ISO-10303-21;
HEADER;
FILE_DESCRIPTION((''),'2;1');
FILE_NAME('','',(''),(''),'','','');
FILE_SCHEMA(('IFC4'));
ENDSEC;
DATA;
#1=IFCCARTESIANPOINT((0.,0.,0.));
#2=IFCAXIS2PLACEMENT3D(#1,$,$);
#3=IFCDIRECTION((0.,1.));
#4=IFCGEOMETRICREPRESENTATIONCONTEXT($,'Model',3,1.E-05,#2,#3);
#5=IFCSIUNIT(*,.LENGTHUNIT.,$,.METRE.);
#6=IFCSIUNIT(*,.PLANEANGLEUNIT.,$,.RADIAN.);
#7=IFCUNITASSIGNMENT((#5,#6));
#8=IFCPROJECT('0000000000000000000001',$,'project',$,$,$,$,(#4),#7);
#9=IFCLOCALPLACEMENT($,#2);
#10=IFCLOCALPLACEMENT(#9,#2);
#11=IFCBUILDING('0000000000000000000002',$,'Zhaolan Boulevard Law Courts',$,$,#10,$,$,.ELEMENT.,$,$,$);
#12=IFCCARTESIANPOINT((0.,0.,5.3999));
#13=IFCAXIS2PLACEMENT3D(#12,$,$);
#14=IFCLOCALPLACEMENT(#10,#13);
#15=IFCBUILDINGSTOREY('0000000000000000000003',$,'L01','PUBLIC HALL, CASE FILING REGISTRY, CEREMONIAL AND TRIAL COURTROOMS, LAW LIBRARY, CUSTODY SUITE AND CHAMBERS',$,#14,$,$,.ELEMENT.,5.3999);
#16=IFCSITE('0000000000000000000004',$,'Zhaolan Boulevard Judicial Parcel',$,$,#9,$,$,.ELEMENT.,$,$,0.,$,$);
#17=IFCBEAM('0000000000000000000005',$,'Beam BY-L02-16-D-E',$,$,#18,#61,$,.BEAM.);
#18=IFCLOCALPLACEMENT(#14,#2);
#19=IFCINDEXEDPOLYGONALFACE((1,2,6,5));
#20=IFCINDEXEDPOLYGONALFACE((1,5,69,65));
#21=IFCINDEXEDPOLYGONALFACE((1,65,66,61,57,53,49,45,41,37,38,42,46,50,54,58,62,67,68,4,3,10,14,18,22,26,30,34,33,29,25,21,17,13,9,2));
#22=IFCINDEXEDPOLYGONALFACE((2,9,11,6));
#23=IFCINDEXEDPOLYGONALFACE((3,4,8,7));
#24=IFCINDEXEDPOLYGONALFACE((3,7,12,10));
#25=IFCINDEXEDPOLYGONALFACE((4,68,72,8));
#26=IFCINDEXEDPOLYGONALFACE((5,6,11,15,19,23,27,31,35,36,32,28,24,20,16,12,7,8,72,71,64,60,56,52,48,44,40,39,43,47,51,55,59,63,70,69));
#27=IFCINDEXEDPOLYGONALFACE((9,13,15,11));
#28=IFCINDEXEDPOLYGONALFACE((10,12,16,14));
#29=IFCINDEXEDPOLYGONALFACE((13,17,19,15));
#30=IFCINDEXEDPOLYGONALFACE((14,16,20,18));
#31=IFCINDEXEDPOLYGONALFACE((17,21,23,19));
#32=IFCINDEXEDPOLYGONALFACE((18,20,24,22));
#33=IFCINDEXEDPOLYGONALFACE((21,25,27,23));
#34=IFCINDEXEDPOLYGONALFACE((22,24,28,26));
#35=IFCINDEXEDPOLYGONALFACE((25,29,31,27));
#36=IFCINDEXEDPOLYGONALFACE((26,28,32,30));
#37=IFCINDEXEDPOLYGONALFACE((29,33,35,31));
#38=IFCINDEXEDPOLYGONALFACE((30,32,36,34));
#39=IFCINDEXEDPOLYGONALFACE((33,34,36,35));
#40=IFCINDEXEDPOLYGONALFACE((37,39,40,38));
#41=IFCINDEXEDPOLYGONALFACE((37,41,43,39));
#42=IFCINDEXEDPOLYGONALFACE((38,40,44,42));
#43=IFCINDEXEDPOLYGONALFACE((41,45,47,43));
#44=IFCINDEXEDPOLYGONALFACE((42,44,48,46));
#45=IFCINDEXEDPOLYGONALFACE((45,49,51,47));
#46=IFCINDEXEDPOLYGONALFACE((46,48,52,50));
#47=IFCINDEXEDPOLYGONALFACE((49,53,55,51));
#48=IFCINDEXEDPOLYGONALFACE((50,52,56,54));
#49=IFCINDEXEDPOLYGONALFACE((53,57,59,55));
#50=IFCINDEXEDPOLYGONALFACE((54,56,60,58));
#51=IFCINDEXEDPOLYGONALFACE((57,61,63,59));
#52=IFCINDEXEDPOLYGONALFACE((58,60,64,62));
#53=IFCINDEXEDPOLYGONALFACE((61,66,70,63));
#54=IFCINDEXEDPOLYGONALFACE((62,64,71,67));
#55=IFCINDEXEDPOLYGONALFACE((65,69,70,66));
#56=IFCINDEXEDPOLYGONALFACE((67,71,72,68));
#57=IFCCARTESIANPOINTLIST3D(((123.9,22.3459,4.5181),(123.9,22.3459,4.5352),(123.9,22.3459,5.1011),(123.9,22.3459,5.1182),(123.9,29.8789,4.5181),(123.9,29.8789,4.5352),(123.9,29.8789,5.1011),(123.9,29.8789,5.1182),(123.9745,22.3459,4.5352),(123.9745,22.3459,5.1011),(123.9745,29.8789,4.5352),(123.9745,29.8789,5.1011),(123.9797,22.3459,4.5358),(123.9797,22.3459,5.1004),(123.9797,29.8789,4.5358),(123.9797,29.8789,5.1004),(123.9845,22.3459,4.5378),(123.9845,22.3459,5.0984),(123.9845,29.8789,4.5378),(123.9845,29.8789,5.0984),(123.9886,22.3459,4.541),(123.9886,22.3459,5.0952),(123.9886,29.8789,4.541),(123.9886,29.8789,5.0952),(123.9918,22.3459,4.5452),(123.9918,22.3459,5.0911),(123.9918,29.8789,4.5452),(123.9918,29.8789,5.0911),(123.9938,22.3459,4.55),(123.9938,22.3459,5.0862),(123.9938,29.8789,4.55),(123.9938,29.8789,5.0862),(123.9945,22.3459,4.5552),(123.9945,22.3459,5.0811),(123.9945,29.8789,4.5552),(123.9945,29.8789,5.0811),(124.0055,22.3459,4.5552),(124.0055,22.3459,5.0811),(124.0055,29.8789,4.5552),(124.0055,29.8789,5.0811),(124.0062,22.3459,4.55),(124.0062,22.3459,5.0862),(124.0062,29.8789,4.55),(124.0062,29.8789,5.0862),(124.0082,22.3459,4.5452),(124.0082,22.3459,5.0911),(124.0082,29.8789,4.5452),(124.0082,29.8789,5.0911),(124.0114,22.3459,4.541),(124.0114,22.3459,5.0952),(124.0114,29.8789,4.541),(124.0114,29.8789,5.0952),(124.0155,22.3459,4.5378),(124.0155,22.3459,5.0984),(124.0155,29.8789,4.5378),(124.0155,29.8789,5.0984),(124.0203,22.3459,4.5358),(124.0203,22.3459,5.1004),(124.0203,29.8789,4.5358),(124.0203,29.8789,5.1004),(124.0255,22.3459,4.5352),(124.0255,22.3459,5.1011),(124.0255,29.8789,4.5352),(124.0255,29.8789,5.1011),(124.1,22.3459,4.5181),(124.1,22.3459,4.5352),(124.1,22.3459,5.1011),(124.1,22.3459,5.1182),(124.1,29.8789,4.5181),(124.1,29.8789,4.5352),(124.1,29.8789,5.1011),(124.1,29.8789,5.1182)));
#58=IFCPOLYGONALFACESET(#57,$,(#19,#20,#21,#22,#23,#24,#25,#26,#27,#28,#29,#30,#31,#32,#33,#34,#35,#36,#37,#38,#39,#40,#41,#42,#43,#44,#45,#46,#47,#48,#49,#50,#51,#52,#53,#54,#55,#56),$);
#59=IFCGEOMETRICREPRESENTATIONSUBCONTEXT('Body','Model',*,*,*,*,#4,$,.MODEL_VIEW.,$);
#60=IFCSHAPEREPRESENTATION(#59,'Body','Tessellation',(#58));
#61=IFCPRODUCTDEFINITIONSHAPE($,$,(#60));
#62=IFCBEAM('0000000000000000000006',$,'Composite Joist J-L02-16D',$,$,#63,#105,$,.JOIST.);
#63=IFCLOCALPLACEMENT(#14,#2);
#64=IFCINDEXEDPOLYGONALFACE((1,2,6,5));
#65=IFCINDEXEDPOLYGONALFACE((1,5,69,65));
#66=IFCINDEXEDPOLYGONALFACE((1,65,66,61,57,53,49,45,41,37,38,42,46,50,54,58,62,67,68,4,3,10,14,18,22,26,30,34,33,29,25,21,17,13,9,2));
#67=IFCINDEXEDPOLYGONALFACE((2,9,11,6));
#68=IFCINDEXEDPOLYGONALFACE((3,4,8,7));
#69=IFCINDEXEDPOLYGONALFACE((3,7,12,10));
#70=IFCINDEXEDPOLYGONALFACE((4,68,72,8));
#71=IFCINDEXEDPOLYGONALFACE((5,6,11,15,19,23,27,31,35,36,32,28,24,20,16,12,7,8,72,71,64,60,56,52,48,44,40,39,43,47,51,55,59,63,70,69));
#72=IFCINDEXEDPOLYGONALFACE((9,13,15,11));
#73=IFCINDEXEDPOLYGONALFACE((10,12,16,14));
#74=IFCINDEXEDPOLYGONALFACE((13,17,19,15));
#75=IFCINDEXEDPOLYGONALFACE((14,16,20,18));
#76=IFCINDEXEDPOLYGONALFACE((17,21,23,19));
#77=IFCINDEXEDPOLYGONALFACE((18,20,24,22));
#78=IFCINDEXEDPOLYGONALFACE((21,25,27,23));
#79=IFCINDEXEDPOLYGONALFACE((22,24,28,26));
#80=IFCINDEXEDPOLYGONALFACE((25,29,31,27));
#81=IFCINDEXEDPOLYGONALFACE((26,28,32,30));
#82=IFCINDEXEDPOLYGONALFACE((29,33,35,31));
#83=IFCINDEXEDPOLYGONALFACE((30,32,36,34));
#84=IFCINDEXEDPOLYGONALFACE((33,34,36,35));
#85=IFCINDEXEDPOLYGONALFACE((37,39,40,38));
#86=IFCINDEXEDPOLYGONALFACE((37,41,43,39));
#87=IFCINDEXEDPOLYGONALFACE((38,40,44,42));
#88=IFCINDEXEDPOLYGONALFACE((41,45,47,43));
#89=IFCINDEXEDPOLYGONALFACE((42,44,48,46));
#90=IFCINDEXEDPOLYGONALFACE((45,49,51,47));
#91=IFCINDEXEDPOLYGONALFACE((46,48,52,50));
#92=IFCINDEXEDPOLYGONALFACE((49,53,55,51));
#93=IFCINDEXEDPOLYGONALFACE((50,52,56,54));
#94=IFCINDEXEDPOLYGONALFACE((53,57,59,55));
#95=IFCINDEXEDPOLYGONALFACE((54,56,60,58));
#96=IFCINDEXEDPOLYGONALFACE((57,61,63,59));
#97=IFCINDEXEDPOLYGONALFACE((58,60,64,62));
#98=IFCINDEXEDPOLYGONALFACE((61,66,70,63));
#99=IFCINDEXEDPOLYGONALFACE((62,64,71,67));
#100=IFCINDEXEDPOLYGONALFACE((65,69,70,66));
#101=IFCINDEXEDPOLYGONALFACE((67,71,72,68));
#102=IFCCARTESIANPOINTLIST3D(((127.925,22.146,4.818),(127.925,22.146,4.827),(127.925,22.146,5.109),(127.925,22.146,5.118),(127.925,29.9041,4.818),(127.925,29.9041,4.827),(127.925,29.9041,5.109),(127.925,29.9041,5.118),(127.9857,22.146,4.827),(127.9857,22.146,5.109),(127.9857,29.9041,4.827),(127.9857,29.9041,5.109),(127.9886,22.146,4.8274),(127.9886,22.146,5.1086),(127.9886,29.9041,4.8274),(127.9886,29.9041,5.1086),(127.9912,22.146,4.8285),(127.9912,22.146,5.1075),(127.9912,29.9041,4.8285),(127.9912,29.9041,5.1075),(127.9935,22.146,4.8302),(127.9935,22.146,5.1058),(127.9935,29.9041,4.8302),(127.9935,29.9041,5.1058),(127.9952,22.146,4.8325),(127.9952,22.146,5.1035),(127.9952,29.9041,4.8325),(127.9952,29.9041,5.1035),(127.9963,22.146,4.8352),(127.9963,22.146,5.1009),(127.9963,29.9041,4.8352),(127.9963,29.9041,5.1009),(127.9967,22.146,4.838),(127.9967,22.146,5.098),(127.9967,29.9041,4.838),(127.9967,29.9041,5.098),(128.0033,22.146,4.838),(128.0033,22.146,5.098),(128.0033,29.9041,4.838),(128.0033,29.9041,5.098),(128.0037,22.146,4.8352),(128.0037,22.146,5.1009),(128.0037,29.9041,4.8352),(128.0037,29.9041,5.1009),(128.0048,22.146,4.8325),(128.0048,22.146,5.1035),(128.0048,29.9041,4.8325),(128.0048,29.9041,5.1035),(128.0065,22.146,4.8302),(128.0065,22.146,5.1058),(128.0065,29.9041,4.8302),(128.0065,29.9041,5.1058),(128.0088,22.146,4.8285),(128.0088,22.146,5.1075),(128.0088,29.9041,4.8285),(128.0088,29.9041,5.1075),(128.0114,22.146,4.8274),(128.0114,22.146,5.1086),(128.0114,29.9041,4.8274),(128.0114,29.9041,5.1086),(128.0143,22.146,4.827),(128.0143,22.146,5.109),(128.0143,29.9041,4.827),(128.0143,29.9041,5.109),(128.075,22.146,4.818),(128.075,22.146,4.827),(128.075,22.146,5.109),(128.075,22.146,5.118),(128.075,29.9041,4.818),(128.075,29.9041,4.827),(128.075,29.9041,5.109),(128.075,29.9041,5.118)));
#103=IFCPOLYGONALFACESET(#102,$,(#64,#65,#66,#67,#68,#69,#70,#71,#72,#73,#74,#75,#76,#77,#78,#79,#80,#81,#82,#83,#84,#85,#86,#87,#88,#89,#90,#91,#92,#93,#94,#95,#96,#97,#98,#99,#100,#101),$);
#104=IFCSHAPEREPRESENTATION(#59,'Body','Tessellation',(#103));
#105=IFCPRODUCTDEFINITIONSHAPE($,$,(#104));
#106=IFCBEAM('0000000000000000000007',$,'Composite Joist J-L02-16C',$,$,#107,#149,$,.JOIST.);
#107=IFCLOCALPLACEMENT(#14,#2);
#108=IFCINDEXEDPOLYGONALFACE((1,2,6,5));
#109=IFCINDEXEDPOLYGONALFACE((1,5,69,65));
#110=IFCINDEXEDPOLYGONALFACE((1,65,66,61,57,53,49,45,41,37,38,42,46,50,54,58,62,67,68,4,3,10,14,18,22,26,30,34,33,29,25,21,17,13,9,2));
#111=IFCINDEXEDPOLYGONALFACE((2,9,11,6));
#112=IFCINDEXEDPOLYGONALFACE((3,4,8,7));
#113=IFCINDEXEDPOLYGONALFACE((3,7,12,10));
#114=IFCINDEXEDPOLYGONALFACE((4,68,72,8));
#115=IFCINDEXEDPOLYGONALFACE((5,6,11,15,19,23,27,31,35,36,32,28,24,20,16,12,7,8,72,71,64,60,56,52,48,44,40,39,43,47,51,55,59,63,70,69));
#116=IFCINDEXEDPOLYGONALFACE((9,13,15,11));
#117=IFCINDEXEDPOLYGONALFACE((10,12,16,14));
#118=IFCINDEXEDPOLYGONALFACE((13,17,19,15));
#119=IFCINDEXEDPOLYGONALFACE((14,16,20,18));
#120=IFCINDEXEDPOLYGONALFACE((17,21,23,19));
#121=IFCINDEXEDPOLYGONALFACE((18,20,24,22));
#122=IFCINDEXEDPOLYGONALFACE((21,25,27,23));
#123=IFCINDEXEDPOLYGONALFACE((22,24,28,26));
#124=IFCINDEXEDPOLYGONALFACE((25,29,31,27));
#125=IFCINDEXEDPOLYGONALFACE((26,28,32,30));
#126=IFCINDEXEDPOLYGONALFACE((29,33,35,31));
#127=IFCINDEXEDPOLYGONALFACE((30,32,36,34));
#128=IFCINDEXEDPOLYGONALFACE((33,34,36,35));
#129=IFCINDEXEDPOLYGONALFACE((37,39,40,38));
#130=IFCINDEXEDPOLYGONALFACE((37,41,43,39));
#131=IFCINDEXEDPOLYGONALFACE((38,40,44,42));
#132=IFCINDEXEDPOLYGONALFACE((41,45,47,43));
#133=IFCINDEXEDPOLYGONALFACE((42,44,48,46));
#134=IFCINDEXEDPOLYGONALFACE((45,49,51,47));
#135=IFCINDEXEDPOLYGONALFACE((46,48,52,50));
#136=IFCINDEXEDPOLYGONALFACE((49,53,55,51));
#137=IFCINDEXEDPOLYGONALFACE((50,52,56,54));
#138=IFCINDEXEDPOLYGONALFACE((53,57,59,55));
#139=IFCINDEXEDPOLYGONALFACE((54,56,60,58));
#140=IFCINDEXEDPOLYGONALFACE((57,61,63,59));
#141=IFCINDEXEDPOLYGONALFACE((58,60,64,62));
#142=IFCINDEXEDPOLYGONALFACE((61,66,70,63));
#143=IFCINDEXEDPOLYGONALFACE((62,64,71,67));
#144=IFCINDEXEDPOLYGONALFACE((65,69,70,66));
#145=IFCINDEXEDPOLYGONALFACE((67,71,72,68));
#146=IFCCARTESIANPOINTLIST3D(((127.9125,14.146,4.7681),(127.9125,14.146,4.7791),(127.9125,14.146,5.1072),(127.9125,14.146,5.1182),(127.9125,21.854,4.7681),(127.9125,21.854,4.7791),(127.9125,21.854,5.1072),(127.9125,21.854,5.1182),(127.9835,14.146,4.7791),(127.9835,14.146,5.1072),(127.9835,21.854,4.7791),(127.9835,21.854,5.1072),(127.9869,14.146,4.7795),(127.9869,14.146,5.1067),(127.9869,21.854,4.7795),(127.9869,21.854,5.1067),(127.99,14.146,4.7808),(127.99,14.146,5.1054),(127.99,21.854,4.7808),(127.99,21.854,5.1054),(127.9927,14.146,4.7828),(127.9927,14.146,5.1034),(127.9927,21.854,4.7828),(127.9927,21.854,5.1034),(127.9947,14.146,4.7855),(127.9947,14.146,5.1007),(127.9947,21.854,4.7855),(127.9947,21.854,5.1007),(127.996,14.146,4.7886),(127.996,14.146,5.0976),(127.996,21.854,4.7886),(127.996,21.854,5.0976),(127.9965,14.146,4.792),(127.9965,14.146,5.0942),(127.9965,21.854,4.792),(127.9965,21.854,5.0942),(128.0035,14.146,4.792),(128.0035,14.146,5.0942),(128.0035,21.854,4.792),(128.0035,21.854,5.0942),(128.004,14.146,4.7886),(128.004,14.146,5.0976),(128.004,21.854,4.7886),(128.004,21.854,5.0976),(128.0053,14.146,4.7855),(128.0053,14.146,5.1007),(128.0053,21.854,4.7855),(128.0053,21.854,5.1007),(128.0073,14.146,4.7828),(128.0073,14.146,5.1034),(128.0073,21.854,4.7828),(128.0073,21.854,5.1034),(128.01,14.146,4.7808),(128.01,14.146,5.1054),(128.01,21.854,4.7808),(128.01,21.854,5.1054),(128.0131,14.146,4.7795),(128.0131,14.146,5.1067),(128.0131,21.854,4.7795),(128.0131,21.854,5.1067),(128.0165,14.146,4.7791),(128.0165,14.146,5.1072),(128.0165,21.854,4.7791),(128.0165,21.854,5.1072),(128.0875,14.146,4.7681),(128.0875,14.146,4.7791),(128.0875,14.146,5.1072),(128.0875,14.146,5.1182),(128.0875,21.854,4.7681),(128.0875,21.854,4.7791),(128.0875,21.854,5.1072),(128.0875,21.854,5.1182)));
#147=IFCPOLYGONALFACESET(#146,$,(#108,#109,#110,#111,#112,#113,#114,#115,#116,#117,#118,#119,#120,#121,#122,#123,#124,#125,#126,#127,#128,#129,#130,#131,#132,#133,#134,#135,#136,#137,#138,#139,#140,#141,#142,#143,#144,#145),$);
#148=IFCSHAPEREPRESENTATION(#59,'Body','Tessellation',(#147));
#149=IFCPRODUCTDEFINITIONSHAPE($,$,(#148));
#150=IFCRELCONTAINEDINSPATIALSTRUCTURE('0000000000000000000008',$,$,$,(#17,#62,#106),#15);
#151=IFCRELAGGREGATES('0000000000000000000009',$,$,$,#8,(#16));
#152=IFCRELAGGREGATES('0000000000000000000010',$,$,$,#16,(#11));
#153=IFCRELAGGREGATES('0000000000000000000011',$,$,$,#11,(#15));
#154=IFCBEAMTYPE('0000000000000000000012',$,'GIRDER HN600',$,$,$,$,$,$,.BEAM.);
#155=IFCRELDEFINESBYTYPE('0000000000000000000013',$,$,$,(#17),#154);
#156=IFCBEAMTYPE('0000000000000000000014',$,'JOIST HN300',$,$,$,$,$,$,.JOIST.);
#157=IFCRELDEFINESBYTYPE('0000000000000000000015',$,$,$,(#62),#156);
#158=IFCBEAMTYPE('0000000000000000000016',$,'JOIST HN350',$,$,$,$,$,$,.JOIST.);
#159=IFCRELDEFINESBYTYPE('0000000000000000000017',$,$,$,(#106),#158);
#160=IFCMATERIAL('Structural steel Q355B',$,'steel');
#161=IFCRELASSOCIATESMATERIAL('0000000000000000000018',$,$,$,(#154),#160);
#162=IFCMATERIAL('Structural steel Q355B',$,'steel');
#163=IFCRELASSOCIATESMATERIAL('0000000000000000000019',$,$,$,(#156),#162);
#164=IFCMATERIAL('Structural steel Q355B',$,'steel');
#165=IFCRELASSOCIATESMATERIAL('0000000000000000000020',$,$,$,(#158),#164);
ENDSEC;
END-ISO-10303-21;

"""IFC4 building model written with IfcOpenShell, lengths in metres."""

from ifc_helpers import new_model, si_unit, direction, frame, origin, origin_2d, place, context, subcontext, project, spatial, i_section, extrude, material, material_profile, profile_set, type_object, element, save


model = new_model("IFC4")

# Units and contexts
model_context = context("Model", 3, precision=1e-05, world=origin(), true_north=direction((0.0, 1.0)))
body_context = subcontext(model_context, "Body", "Model", "MODEL_VIEW")
ifc_project = project(units=[si_unit("LENGTHUNIT", "METRE"), si_unit("PLANEANGLEUNIT", "RADIAN")], contexts=[model_context])

# Site, building, storey
site_placement = place(None, origin())
site = spatial("IfcSite", under=ifc_project, at=site_placement, Name="Zhaolan Boulevard Judicial Parcel", CompositionType="ELEMENT", RefElevation=0.0)
building_placement = place(site_placement, origin())
building = spatial("IfcBuilding", under=site, at=building_placement, Name="Zhaolan Boulevard Law Courts", CompositionType="ELEMENT")
storey_placement = place(building_placement, frame((0.0, 0.0, 5.3999)))
storey = spatial("IfcBuildingStorey", under=building, at=storey_placement, Name="L01", Description="PUBLIC HALL, CASE FILING REGISTRY, CEREMONIAL AND TRIAL COURTROOMS, LAW LIBRARY, CUSTODY SUITE AND CHAMBERS", CompositionType="ELEMENT", Elevation=5.3999)

# Beams
ifc_material_1 = material(Name="Structural steel Q355B", Category="steel")
ifc_material_profile_1 = material_profile(ifc_material_1, i_section(OverallWidth=0.2, OverallDepth=0.6001, WebThickness=0.011, FlangeThickness=0.0171, FilletRadius=0.02, at=origin_2d()), Name="HN600x200")
ifc_profile_set_1 = profile_set([ifc_material_profile_1], Name="Structural steel Q355B")
beam_type_1 = type_object("IfcBeamType", Name="GIRDER HN600", PredefinedType="BEAM", material=ifc_profile_set_1)
beam_1_placement = place(storey_placement, frame((124.0, 22.3459, 4.8181), z_axis=(0.0, 1.0, 0.0), x_axis=(-1.0, 0.0, 0.0)))
element("IfcBeam", 1, at=beam_1_placement, inside=storey, type_object=beam_type_1, Name="Beam BY-L02-16-D-E", PredefinedType="BEAM", context=body_context, shape_type="SweptSolid", body=[
    extrude(i_section(OverallWidth=0.2, OverallDepth=0.6001, WebThickness=0.011, FlangeThickness=0.0171, FilletRadius=0.02, at=origin_2d()), origin(), (0.0, 0.0, 1.0), 7.533),
])
ifc_material_2 = material(Name="Structural steel Q355B", Category="steel")
ifc_material_profile_2 = material_profile(ifc_material_2, i_section(OverallWidth=0.1499, OverallDepth=0.3, WebThickness=0.0066, FlangeThickness=0.009, FilletRadius=0.011, at=origin_2d()), Name="HN300x150")
ifc_profile_set_2 = profile_set([ifc_material_profile_2], Name="Structural steel Q355B")
beam_type_2 = type_object("IfcBeamType", Name="JOIST HN300", PredefinedType="JOIST", material=ifc_profile_set_2)
beam_2_placement = place(storey_placement, frame((128.0, 22.146, 4.968), z_axis=(0.0, 1.0, 0.0), x_axis=(-1.0, 0.0, 0.0)))
element("IfcBeam", 2, at=beam_2_placement, inside=storey, type_object=beam_type_2, Name="Composite Joist J-L02-16D", PredefinedType="JOIST", context=body_context, shape_type="SweptSolid", body=[
    extrude(i_section(OverallWidth=0.1499, OverallDepth=0.3, WebThickness=0.0066, FlangeThickness=0.009, FilletRadius=0.011, at=origin_2d()), origin(), (0.0, 0.0, 1.0), 7.7581),
])
ifc_material_3 = material(Name="Structural steel Q355B", Category="steel")
ifc_material_profile_3 = material_profile(ifc_material_3, i_section(OverallWidth=0.175, OverallDepth=0.3501, WebThickness=0.0071, FlangeThickness=0.011, FilletRadius=0.0129, at=origin_2d()), Name="HN350x175")
ifc_profile_set_3 = profile_set([ifc_material_profile_3], Name="Structural steel Q355B")
beam_type_3 = type_object("IfcBeamType", Name="JOIST HN350", PredefinedType="JOIST", material=ifc_profile_set_3)
beam_3_placement = place(storey_placement, frame((128.0, 14.146, 4.9431), z_axis=(0.0, 1.0, 0.0), x_axis=(-1.0, 0.0, 0.0)))
element("IfcBeam", 3, at=beam_3_placement, inside=storey, type_object=beam_type_3, Name="Composite Joist J-L02-16C", PredefinedType="JOIST", context=body_context, shape_type="SweptSolid", body=[
    extrude(i_section(OverallWidth=0.175, OverallDepth=0.3501, WebThickness=0.0071, FlangeThickness=0.011, FilletRadius=0.0129, at=origin_2d()), origin(), (0.0, 0.0, 1.0), 7.708),
])

save(model, "model.ifc")
